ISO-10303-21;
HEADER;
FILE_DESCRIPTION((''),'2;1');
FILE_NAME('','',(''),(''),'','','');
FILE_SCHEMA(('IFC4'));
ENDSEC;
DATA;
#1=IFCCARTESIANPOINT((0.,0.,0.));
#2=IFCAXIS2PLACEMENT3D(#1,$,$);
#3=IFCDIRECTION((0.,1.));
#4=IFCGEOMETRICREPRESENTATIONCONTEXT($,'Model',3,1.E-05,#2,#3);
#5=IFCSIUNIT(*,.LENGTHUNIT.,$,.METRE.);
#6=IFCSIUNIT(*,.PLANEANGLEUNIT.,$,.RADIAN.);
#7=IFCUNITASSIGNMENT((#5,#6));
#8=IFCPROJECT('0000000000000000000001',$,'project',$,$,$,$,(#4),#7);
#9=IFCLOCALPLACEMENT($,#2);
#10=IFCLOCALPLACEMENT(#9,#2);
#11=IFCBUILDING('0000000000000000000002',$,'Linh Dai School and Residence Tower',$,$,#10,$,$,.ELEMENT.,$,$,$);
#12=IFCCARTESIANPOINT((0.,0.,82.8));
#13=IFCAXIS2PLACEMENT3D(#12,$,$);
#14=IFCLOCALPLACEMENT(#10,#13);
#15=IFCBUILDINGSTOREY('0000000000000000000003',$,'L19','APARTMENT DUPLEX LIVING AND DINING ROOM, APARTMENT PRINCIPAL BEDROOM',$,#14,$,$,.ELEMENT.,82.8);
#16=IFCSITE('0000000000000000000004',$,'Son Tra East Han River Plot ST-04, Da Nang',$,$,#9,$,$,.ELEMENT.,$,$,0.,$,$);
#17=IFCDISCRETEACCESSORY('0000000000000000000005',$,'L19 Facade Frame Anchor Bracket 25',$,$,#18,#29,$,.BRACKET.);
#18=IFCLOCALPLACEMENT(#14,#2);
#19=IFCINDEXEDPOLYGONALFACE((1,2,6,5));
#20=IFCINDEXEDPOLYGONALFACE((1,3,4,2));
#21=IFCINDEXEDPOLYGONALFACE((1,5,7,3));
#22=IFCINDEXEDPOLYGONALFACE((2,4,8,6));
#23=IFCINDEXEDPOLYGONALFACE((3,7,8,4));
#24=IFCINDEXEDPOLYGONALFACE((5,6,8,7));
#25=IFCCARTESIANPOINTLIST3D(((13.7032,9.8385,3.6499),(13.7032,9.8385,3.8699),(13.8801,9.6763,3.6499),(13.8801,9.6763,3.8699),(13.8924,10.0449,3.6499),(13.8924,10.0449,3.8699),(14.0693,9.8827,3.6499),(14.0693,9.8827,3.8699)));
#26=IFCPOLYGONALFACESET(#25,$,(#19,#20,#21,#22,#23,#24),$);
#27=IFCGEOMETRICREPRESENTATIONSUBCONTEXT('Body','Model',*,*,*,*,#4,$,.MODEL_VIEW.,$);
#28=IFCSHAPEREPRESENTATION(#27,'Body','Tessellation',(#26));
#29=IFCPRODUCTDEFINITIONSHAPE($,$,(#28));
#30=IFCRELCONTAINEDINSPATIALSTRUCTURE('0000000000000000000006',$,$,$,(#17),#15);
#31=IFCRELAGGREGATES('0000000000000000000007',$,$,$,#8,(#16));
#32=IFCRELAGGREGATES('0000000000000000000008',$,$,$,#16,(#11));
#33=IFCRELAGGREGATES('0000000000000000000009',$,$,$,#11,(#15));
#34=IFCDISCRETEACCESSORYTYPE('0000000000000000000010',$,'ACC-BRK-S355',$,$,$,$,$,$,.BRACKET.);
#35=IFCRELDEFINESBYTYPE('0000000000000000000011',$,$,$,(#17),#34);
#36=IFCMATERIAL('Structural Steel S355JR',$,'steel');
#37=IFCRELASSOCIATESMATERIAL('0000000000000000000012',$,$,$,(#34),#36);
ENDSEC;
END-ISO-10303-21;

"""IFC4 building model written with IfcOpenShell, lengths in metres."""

from ifc_helpers import new_model, si_unit, direction, frame, origin, origin_2d, place, context, subcontext, project, spatial, rectangle, extrude, source, transform, mapped, material, type_object, element, save


model = new_model("IFC4")

# Units and contexts
model_context = context("Model", 3, precision=1e-05, world=origin(), true_north=direction((0.0, 1.0)))
body_context = subcontext(model_context, "Body", "Model", "MODEL_VIEW")
ifc_project = project(units=[si_unit("LENGTHUNIT", "METRE"), si_unit("PLANEANGLEUNIT", "RADIAN")], contexts=[model_context])

# Site, building, storey
site_placement = place(None, origin())
site = spatial("IfcSite", under=ifc_project, at=site_placement, Name="Son Tra East Han River Plot ST-04, Da Nang", CompositionType="ELEMENT", RefElevation=0.0)
building_placement = place(site_placement, origin())
building = spatial("IfcBuilding", under=site, at=building_placement, Name="Linh Dai School and Residence Tower", CompositionType="ELEMENT")
storey_placement = place(building_placement, frame((0.0, 0.0, 82.8)))
storey = spatial("IfcBuildingStorey", under=building, at=storey_placement, Name="L19", Description="APARTMENT DUPLEX LIVING AND DINING ROOM, APARTMENT PRINCIPAL BEDROOM", CompositionType="ELEMENT", Elevation=82.8)

# Shared definitions
ifc_material_1 = material(Name="Structural Steel S355JR", Category="steel")

# Discrete accessory
discrete_accessory_type = type_object("IfcDiscreteAccessoryType", Name="ACC-BRK-S355", PredefinedType="BRACKET", material=ifc_material_1)
shared_shape_1 = source(origin(), body_context, "Body", "SweptSolid", [
    extrude(rectangle(XDim=0.28, YDim=0.24, at=origin_2d()), origin(), (0.0, 0.0, 1.0), 0.22),
])
discrete_accessory_placement = place(storey_placement, frame((13.8862, 9.8606, 3.6499), z_axis=(0.0, 0.0, 1.0), x_axis=(-0.675769, -0.737113, 0.0)))
element("IfcDiscreteAccessory", 1, at=discrete_accessory_placement, inside=storey, type_object=discrete_accessory_type, Name="L19 Facade Frame Anchor Bracket 25", PredefinedType="BRACKET", context=body_context, shape_type="MappedRepresentation", body=[
    mapped(shared_shape_1, transform((0.0, 0.0, 0.0), x_axis=(1.0, 0.0, 0.0), y_axis=(0.0, 1.0, 0.0), z_axis=(0.0, 0.0, 1.0), scale=1.0)),
])

save(model, "model.ifc")
